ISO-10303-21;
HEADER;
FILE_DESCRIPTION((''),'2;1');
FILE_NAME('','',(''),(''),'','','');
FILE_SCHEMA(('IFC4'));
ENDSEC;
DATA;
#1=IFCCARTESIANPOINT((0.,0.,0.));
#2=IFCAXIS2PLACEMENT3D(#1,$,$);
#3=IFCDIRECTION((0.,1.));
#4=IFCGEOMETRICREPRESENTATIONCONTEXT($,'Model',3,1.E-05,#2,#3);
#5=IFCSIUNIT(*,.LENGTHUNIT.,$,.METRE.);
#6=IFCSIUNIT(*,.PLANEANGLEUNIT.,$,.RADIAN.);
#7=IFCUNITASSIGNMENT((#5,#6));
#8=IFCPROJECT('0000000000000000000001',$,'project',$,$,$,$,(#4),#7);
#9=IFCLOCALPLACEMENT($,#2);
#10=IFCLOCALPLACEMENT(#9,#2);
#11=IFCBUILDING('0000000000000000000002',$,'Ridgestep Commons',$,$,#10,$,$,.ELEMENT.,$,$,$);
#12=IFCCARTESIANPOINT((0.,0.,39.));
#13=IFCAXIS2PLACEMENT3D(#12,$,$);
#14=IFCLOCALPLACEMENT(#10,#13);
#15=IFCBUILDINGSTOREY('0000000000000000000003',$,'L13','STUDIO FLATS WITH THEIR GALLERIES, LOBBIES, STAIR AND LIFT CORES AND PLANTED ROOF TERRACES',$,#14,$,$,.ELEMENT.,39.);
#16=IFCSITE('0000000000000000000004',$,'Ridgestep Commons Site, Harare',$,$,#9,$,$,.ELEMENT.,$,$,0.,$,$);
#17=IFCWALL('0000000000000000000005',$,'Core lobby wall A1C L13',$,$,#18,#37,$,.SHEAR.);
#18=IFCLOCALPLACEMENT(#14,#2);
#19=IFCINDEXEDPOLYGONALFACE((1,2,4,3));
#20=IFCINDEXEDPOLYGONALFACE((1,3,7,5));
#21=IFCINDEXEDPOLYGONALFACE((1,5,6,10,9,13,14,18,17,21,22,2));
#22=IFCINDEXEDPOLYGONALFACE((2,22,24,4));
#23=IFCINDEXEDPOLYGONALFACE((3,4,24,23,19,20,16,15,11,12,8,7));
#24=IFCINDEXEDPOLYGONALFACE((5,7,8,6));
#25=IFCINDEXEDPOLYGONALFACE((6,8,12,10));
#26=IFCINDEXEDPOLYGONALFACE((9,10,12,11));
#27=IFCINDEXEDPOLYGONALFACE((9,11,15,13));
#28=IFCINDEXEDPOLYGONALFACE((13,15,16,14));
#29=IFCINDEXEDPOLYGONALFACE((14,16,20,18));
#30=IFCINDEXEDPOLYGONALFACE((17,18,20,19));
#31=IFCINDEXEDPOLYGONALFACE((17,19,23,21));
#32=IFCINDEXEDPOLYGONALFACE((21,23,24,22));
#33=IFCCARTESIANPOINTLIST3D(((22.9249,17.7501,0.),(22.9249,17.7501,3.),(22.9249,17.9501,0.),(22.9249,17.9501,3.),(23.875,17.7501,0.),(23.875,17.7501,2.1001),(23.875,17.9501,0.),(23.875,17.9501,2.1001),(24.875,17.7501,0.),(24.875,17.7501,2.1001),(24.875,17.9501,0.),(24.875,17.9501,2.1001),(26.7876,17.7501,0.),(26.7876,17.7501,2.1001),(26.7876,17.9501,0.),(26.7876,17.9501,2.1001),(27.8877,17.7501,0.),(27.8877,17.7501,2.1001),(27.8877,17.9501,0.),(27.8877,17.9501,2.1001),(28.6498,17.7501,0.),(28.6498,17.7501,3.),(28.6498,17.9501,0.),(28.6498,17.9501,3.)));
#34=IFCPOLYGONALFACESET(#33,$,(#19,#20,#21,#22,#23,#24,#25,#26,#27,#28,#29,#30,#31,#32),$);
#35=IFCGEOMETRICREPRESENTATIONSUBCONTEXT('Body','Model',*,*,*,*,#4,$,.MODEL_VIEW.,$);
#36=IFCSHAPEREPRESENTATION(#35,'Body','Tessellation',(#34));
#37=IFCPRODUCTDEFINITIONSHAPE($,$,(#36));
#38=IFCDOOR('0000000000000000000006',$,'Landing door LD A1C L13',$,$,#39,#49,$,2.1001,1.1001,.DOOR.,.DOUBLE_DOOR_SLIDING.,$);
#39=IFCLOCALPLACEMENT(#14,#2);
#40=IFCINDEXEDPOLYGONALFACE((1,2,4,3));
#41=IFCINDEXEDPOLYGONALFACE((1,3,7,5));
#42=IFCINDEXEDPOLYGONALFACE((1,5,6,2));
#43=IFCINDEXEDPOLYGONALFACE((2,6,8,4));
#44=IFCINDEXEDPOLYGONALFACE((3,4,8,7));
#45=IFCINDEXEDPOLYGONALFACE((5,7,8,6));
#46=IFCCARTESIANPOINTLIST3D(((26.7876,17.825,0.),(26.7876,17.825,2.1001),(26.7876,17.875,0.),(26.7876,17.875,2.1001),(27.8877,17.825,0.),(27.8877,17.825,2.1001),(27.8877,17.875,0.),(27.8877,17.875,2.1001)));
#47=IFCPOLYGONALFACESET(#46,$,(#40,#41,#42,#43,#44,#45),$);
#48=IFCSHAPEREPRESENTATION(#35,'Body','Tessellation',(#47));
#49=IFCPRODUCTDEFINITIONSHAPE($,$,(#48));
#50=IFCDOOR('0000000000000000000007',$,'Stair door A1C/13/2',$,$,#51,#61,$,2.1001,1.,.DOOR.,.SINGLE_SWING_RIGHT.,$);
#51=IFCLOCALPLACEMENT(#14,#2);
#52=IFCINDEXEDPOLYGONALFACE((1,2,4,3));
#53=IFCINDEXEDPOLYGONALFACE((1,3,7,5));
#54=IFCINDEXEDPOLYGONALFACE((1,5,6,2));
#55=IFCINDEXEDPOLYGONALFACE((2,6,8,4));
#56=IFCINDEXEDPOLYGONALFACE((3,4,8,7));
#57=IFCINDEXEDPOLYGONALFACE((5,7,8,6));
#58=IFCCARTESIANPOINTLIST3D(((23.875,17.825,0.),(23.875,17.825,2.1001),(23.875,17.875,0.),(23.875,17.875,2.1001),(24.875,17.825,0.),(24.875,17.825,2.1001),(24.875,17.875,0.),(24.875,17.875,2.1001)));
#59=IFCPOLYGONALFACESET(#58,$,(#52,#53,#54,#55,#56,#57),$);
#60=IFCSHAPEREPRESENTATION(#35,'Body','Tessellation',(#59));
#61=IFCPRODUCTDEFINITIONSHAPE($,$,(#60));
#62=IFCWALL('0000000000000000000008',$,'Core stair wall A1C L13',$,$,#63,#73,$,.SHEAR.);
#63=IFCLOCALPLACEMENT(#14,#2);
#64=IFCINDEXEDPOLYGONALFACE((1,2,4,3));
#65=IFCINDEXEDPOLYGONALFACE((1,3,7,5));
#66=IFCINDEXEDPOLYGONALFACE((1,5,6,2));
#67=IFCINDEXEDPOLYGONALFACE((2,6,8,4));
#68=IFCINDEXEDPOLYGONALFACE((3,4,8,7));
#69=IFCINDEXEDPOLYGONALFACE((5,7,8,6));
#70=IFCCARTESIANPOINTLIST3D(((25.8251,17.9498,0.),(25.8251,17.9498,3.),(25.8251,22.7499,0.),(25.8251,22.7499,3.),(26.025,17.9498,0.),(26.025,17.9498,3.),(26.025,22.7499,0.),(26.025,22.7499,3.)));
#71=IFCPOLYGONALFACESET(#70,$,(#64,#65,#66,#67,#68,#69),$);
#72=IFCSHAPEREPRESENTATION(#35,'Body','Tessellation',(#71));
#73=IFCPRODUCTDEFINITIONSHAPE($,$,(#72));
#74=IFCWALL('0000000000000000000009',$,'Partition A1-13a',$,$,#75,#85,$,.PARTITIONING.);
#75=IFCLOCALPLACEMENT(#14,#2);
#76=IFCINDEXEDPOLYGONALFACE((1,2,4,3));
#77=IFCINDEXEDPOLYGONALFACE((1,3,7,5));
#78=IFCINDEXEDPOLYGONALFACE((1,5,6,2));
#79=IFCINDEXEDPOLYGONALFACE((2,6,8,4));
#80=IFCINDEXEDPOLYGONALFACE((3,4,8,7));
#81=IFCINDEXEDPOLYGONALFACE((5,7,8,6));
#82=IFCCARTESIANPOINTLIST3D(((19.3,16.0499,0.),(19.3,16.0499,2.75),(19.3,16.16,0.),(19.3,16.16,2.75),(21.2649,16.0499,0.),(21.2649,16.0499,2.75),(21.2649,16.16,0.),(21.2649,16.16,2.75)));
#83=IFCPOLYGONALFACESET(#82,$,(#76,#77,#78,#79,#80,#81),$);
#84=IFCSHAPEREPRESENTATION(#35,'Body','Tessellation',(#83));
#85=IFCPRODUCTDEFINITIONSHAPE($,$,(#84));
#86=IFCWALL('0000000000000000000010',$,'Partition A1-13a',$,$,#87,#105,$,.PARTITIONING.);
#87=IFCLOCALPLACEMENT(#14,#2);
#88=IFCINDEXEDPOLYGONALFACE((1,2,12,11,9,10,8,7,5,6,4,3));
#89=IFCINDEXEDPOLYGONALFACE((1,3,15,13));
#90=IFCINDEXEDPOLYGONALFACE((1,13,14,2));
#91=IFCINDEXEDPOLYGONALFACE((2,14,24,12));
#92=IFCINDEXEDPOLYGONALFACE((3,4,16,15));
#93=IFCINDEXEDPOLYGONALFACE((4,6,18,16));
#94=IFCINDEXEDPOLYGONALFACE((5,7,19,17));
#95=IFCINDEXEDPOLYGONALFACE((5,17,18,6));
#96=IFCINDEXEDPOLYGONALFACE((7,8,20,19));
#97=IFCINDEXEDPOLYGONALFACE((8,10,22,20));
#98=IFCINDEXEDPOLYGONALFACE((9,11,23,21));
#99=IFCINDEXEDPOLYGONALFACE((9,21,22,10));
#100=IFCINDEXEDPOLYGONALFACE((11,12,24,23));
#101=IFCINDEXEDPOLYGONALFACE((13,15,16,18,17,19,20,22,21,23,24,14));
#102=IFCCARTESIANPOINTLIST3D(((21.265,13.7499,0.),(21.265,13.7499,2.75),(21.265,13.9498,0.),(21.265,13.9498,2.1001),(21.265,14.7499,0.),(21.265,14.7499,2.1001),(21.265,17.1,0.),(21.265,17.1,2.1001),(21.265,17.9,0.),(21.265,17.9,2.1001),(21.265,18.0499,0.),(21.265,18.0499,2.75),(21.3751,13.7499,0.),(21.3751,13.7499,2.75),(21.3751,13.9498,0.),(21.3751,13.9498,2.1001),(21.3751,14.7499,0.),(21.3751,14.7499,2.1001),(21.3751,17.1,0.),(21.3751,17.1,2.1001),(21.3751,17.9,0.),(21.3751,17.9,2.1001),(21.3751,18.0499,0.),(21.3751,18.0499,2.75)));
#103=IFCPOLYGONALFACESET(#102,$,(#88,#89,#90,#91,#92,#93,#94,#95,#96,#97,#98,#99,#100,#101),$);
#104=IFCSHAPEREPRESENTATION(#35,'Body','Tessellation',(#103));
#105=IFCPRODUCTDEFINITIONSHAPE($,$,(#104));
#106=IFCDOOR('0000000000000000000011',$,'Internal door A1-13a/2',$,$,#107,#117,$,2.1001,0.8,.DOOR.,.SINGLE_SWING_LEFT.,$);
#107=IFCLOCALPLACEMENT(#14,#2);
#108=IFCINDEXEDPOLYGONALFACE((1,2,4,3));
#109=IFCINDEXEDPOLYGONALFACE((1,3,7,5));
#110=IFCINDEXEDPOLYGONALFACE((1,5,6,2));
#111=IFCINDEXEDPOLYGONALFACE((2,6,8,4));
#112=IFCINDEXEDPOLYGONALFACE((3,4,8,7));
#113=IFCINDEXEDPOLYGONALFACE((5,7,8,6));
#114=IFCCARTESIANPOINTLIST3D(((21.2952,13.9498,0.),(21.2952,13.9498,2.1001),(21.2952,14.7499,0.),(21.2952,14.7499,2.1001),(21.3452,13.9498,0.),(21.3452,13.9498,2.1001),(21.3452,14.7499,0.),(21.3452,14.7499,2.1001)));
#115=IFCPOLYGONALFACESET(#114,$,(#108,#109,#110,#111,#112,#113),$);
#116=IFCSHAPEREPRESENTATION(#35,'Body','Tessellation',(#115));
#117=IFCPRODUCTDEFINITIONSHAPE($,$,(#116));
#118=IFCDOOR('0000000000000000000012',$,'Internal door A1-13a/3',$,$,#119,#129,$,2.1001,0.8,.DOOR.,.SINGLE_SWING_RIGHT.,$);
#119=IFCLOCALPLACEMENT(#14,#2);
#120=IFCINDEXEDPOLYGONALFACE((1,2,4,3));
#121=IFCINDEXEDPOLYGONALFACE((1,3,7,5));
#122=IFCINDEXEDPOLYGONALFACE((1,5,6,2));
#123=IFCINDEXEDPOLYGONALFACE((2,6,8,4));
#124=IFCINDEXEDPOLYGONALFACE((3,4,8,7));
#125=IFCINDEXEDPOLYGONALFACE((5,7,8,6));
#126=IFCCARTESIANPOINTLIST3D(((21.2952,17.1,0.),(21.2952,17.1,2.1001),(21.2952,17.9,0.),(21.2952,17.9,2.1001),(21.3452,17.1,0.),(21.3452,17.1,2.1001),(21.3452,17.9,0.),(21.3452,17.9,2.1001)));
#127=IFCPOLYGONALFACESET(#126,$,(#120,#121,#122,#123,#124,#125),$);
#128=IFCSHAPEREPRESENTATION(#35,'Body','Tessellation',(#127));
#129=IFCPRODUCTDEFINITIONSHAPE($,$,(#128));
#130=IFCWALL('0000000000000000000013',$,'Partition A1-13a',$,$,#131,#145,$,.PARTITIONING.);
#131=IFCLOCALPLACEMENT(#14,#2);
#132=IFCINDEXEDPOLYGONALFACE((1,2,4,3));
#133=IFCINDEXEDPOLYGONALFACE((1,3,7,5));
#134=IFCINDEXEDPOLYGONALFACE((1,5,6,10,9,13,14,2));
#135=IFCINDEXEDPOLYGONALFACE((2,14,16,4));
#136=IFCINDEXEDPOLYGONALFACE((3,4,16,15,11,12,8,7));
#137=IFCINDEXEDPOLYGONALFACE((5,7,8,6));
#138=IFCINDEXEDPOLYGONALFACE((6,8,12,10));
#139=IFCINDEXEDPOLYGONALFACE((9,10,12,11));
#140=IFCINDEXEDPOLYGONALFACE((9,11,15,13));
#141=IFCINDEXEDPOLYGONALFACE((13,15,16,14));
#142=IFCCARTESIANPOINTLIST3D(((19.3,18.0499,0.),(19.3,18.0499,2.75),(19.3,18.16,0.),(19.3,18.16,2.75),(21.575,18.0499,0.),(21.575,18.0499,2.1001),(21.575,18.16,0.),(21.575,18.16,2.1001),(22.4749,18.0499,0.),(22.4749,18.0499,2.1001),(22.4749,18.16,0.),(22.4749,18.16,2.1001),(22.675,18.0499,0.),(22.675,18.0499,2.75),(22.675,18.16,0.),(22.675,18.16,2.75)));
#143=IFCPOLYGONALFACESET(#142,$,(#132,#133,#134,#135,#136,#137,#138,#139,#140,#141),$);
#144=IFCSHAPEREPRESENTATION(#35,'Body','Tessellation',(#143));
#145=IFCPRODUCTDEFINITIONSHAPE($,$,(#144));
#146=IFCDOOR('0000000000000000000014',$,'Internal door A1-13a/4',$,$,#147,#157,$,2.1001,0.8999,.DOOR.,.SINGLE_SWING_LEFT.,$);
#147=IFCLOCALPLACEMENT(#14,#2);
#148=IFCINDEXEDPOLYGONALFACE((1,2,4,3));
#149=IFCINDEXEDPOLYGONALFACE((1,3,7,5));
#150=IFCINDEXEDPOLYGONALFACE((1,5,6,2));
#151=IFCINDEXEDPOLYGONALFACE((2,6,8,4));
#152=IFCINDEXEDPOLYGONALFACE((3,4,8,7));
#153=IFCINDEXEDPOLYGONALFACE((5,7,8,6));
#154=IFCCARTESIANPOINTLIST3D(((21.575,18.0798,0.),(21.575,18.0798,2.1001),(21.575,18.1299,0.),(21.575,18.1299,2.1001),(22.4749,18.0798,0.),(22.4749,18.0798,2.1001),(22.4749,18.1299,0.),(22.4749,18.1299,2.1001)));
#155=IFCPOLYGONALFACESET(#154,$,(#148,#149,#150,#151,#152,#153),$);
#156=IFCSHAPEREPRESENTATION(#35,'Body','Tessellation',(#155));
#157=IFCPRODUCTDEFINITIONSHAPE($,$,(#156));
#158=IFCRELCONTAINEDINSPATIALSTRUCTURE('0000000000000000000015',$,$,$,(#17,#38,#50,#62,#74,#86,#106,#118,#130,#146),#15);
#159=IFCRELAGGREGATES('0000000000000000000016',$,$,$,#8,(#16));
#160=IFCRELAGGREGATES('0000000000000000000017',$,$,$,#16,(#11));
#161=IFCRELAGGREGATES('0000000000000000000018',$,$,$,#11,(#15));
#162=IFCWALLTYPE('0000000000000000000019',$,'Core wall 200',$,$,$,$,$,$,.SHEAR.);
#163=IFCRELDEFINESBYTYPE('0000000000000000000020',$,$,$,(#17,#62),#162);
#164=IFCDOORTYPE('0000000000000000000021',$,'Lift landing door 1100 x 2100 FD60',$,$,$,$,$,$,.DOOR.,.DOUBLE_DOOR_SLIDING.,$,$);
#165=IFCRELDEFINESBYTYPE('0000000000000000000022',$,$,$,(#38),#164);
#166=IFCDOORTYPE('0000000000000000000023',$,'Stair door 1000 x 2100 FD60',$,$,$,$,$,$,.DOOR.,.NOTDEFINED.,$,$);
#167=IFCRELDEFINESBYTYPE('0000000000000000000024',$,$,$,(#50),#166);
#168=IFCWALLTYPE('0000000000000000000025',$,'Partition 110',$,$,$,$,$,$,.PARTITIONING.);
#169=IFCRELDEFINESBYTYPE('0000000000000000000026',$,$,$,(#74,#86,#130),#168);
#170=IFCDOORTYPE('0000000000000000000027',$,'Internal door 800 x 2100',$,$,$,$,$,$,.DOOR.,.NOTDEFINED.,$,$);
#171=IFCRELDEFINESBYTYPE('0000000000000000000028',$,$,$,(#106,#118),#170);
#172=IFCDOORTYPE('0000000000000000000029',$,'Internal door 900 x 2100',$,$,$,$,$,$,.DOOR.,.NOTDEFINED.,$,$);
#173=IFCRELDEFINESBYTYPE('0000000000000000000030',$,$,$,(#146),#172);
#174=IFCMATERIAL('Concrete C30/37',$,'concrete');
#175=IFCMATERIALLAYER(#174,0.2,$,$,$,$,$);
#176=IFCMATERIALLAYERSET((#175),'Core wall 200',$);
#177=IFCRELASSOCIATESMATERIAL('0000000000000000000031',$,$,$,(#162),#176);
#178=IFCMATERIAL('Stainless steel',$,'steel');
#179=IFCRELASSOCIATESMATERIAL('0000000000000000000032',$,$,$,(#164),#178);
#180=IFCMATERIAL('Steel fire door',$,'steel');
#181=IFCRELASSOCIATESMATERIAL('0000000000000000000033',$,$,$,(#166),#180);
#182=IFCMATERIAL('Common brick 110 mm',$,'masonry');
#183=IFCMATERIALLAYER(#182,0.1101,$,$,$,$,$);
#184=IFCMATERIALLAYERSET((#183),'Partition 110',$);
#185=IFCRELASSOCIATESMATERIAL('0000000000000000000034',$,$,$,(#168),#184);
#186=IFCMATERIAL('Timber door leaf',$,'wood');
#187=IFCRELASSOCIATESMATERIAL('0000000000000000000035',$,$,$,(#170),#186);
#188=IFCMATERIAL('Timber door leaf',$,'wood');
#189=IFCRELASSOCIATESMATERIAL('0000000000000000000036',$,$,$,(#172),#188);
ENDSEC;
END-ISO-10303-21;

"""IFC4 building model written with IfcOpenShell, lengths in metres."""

from ifc_helpers import new_model, si_unit, direction, frame, frame_2d, origin, place, context, subcontext, project, spatial, rectangle, extrude, material, layer, layer_set, type_object, element, fill, save


model = new_model("IFC4")

# Units and contexts
model_context = context("Model", 3, precision=1e-05, world=origin(), true_north=direction((0.0, 1.0)))
body_context = subcontext(model_context, "Body", "Model", "MODEL_VIEW")
ifc_project = project(units=[si_unit("LENGTHUNIT", "METRE"), si_unit("PLANEANGLEUNIT", "RADIAN")], contexts=[model_context])

# Site, building, storey
site_placement = place(None, origin())
site = spatial("IfcSite", under=ifc_project, at=site_placement, Name="Ridgestep Commons Site, Harare", CompositionType="ELEMENT", RefElevation=0.0)
building_placement = place(site_placement, origin())
building = spatial("IfcBuilding", under=site, at=building_placement, Name="Ridgestep Commons", CompositionType="ELEMENT")
storey_placement = place(building_placement, frame((0.0, 0.0, 39.0)))
storey = spatial("IfcBuildingStorey", under=building, at=storey_placement, Name="L13", Description="STUDIO FLATS WITH THEIR GALLERIES, LOBBIES, STAIR AND LIFT CORES AND PLANTED ROOF TERRACES", CompositionType="ELEMENT", Elevation=39.0)

# Wall, openings, doors
ifc_material_1 = material(Name="Concrete C30/37", Category="concrete")
ifc_layer_1 = layer(ifc_material_1, 0.2)
ifc_layer_set_1 = layer_set([ifc_layer_1], Name="Core wall 200")
wall_type_1 = type_object("IfcWallType", Name="Core wall 200", PredefinedType="SHEAR", material=ifc_layer_set_1)
wall_1_placement = place(storey_placement, frame((22.925, 17.8501, 0.0), z_axis=(0.0, 0.0, 1.0), x_axis=(1.0, 0.0, 0.0)))
wall_1 = element("IfcWall", 1, at=wall_1_placement, inside=storey, type_object=wall_type_1, Name="Core lobby wall A1C L13", PredefinedType="SHEAR", context=body_context, shape_type="SweptSolid", body=[
    extrude(rectangle(XDim=5.7249, YDim=0.2, at=frame_2d((2.8623, 0.0))), origin(), (0.0, 0.0, 1.0), 3.0),
])
opening_1_placement = place(wall_1_placement, frame((0.95, 0.0, 0.0)))
opening_1 = element("IfcOpeningElement", 2, at=opening_1_placement, cuts=wall_1, PredefinedType="OPENING", context=body_context, shape_type="SweptSolid", body=[
    extrude(rectangle(XDim=1.0, YDim=2.1001, at=frame_2d((0.5, 1.05))), frame((0.0, 0.1099, 0.0), z_axis=(0.0, -1.0, 0.0), x_axis=(1.0, 0.0, 0.0)), (0.0, 0.0, 1.0), 0.22),
])
opening_2_placement = place(wall_1_placement, frame((3.8625, 0.0, 0.0)))
opening_2 = element("IfcOpeningElement", 3, at=opening_2_placement, cuts=wall_1, PredefinedType="OPENING", context=body_context, shape_type="SweptSolid", body=[
    extrude(rectangle(XDim=1.1001, YDim=2.1001, at=frame_2d((0.55, 1.05))), frame((0.0, 0.1099, 0.0), z_axis=(0.0, -1.0, 0.0), x_axis=(1.0, 0.0, 0.0)), (0.0, 0.0, 1.0), 0.22),
])
ifc_material_2 = material(Name="Stainless steel", Category="steel")
door_type_1 = type_object("IfcDoorType", Name="Lift landing door 1100 x 2100 FD60", OperationType="DOUBLE_DOOR_SLIDING", PredefinedType="DOOR", material=ifc_material_2)
door_1_placement = place(opening_2_placement, origin())
door_1 = element("IfcDoor", 4, at=door_1_placement, inside=storey, type_object=door_type_1, Name="Landing door LD A1C L13", OperationType="DOUBLE_DOOR_SLIDING", OverallHeight=2.1001, OverallWidth=1.1001, PredefinedType="DOOR", context=body_context, shape_type="SweptSolid", body=[
    extrude(rectangle(XDim=1.1001, YDim=2.1001, at=frame_2d((0.55, 1.05))), frame((0.0, 0.0249, 0.0), z_axis=(0.0, -1.0, 0.0), x_axis=(1.0, 0.0, 0.0)), (0.0, 0.0, 1.0), 0.05),
])
fill(opening_2, door_1)
ifc_material_3 = material(Name="Steel fire door", Category="steel")
door_type_2 = type_object("IfcDoorType", Name="Stair door 1000 x 2100 FD60", OperationType="NOTDEFINED", PredefinedType="DOOR", material=ifc_material_3)
door_2_placement = place(opening_1_placement, origin())
door_2 = element("IfcDoor", 5, at=door_2_placement, inside=storey, type_object=door_type_2, Name="Stair door A1C/13/2", OperationType="SINGLE_SWING_RIGHT", OverallHeight=2.1001, OverallWidth=1.0, PredefinedType="DOOR", context=body_context, shape_type="SweptSolid", body=[
    extrude(rectangle(XDim=1.0, YDim=2.1001, at=frame_2d((0.5, 1.05))), frame((0.0, 0.0249, 0.0), z_axis=(0.0, -1.0, 0.0), x_axis=(1.0, 0.0, 0.0)), (0.0, 0.0, 1.0), 0.05),
])
fill(opening_1, door_2)

# Walls
wall_2_placement = place(storey_placement, frame((25.925, 17.95, 0.0), z_axis=(0.0, 0.0, 1.0), x_axis=(0.0, 1.0, 0.0)))
element("IfcWall", 6, at=wall_2_placement, inside=storey, type_object=wall_type_1, Name="Core stair wall A1C L13", PredefinedType="SHEAR", context=body_context, shape_type="SweptSolid", body=[
    extrude(rectangle(XDim=4.8, YDim=0.2, at=frame_2d((2.3999, 0.0))), origin(), (0.0, 0.0, 1.0), 3.0),
])
ifc_material_4 = material(Name="Common brick 110 mm", Category="masonry")
ifc_layer_2 = layer(ifc_material_4, 0.1101)
ifc_layer_set_2 = layer_set([ifc_layer_2], Name="Partition 110")
wall_type_2 = type_object("IfcWallType", Name="Partition 110", PredefinedType="PARTITIONING", material=ifc_layer_set_2)
wall_3_placement = place(storey_placement, frame((19.3, 16.105, 0.0), z_axis=(0.0, 0.0, 1.0), x_axis=(1.0, 0.0, 0.0)))
element("IfcWall", 7, at=wall_3_placement, inside=storey, type_object=wall_type_2, Name="Partition A1-13a", PredefinedType="PARTITIONING", context=body_context, shape_type="SweptSolid", body=[
    extrude(rectangle(XDim=1.9648, YDim=0.1101, at=frame_2d((0.9824, 0.0))), origin(), (0.0, 0.0, 1.0), 2.75),
])

# Wall, openings, doors
wall_4_placement = place(storey_placement, frame((21.3201, 13.75, 0.0), z_axis=(0.0, 0.0, 1.0), x_axis=(0.0, 1.0, 0.0)))
wall_4 = element("IfcWall", 8, at=wall_4_placement, inside=storey, type_object=wall_type_2, Name="Partition A1-13a", PredefinedType="PARTITIONING", context=body_context, shape_type="SweptSolid", body=[
    extrude(rectangle(XDim=4.3, YDim=0.1101, at=frame_2d((2.1499, 0.0))), origin(), (0.0, 0.0, 1.0), 2.75),
])
opening_3_placement = place(wall_4_placement, frame((0.2, 0.0, 0.0)))
opening_3 = element("IfcOpeningElement", 9, at=opening_3_placement, cuts=wall_4, PredefinedType="OPENING", context=body_context, shape_type="SweptSolid", body=[
    extrude(rectangle(XDim=0.8, YDim=2.1001, at=frame_2d((0.3999, 1.05))), frame((0.0, 0.0649, 0.0), z_axis=(0.0, -1.0, 0.0), x_axis=(1.0, 0.0, 0.0)), (0.0, 0.0, 1.0), 0.1301),
])
opening_4_placement = place(wall_4_placement, frame((3.3501, 0.0, 0.0)))
opening_4 = element("IfcOpeningElement", 10, at=opening_4_placement, cuts=wall_4, PredefinedType="OPENING", context=body_context, shape_type="SweptSolid", body=[
    extrude(rectangle(XDim=0.8, YDim=2.1001, at=frame_2d((0.3999, 1.05))), frame((0.0, 0.0649, 0.0), z_axis=(0.0, -1.0, 0.0), x_axis=(1.0, 0.0, 0.0)), (0.0, 0.0, 1.0), 0.1301),
])
ifc_material_5 = material(Name="Timber door leaf", Category="wood")
door_type_3 = type_object("IfcDoorType", Name="Internal door 800 x 2100", OperationType="NOTDEFINED", PredefinedType="DOOR", material=ifc_material_5)
door_3_placement = place(opening_3_placement, origin())
door_3 = element("IfcDoor", 11, at=door_3_placement, inside=storey, type_object=door_type_3, Name="Internal door A1-13a/2", OperationType="SINGLE_SWING_LEFT", OverallHeight=2.1001, OverallWidth=0.8, PredefinedType="DOOR", context=body_context, shape_type="SweptSolid", body=[
    extrude(rectangle(XDim=0.8, YDim=2.1001, at=frame_2d((0.3999, 1.05))), frame((0.0, 0.0249, 0.0), z_axis=(0.0, -1.0, 0.0), x_axis=(1.0, 0.0, 0.0)), (0.0, 0.0, 1.0), 0.05),
])
fill(opening_3, door_3)
door_4_placement = place(opening_4_placement, origin())
door_4 = element("IfcDoor", 12, at=door_4_placement, inside=storey, type_object=door_type_3, Name="Internal door A1-13a/3", OperationType="SINGLE_SWING_RIGHT", OverallHeight=2.1001, OverallWidth=0.8, PredefinedType="DOOR", context=body_context, shape_type="SweptSolid", body=[
    extrude(rectangle(XDim=0.8, YDim=2.1001, at=frame_2d((0.3999, 1.05))), frame((0.0, 0.0249, 0.0), z_axis=(0.0, -1.0, 0.0), x_axis=(1.0, 0.0, 0.0)), (0.0, 0.0, 1.0), 0.05),
])
fill(opening_4, door_4)

# Wall, opening, door
wall_5_placement = place(storey_placement, frame((19.3, 18.105, 0.0), z_axis=(0.0, 0.0, 1.0), x_axis=(1.0, 0.0, 0.0)))
wall_5 = element("IfcWall", 13, at=wall_5_placement, inside=storey, type_object=wall_type_2, Name="Partition A1-13a", PredefinedType="PARTITIONING", context=body_context, shape_type="SweptSolid", body=[
    extrude(rectangle(XDim=3.375, YDim=0.1101, at=frame_2d((1.6875, 0.0))), origin(), (0.0, 0.0, 1.0), 2.75),
])
opening_5_placement = place(wall_5_placement, frame((2.2749, 0.0, 0.0)))
opening_5 = element("IfcOpeningElement", 14, at=opening_5_placement, cuts=wall_5, PredefinedType="OPENING", context=body_context, shape_type="SweptSolid", body=[
    extrude(rectangle(XDim=0.8999, YDim=2.1001, at=frame_2d((0.45, 1.05))), frame((0.0, 0.0649, 0.0), z_axis=(0.0, -1.0, 0.0), x_axis=(1.0, 0.0, 0.0)), (0.0, 0.0, 1.0), 0.1301),
])
ifc_material_6 = material(Name="Timber door leaf", Category="wood")
door_type_4 = type_object("IfcDoorType", Name="Internal door 900 x 2100", OperationType="NOTDEFINED", PredefinedType="DOOR", material=ifc_material_6)
door_5_placement = place(opening_5_placement, origin())
door_5 = element("IfcDoor", 15, at=door_5_placement, inside=storey, type_object=door_type_4, Name="Internal door A1-13a/4", OperationType="SINGLE_SWING_LEFT", OverallHeight=2.1001, OverallWidth=0.8999, PredefinedType="DOOR", context=body_context, shape_type="SweptSolid", body=[
    extrude(rectangle(XDim=0.8999, YDim=2.1001, at=frame_2d((0.45, 1.05))), frame((0.0, 0.0249, 0.0), z_axis=(0.0, -1.0, 0.0), x_axis=(1.0, 0.0, 0.0)), (0.0, 0.0, 1.0), 0.05),
])
fill(opening_5, door_5)

save(model, "model.ifc")
